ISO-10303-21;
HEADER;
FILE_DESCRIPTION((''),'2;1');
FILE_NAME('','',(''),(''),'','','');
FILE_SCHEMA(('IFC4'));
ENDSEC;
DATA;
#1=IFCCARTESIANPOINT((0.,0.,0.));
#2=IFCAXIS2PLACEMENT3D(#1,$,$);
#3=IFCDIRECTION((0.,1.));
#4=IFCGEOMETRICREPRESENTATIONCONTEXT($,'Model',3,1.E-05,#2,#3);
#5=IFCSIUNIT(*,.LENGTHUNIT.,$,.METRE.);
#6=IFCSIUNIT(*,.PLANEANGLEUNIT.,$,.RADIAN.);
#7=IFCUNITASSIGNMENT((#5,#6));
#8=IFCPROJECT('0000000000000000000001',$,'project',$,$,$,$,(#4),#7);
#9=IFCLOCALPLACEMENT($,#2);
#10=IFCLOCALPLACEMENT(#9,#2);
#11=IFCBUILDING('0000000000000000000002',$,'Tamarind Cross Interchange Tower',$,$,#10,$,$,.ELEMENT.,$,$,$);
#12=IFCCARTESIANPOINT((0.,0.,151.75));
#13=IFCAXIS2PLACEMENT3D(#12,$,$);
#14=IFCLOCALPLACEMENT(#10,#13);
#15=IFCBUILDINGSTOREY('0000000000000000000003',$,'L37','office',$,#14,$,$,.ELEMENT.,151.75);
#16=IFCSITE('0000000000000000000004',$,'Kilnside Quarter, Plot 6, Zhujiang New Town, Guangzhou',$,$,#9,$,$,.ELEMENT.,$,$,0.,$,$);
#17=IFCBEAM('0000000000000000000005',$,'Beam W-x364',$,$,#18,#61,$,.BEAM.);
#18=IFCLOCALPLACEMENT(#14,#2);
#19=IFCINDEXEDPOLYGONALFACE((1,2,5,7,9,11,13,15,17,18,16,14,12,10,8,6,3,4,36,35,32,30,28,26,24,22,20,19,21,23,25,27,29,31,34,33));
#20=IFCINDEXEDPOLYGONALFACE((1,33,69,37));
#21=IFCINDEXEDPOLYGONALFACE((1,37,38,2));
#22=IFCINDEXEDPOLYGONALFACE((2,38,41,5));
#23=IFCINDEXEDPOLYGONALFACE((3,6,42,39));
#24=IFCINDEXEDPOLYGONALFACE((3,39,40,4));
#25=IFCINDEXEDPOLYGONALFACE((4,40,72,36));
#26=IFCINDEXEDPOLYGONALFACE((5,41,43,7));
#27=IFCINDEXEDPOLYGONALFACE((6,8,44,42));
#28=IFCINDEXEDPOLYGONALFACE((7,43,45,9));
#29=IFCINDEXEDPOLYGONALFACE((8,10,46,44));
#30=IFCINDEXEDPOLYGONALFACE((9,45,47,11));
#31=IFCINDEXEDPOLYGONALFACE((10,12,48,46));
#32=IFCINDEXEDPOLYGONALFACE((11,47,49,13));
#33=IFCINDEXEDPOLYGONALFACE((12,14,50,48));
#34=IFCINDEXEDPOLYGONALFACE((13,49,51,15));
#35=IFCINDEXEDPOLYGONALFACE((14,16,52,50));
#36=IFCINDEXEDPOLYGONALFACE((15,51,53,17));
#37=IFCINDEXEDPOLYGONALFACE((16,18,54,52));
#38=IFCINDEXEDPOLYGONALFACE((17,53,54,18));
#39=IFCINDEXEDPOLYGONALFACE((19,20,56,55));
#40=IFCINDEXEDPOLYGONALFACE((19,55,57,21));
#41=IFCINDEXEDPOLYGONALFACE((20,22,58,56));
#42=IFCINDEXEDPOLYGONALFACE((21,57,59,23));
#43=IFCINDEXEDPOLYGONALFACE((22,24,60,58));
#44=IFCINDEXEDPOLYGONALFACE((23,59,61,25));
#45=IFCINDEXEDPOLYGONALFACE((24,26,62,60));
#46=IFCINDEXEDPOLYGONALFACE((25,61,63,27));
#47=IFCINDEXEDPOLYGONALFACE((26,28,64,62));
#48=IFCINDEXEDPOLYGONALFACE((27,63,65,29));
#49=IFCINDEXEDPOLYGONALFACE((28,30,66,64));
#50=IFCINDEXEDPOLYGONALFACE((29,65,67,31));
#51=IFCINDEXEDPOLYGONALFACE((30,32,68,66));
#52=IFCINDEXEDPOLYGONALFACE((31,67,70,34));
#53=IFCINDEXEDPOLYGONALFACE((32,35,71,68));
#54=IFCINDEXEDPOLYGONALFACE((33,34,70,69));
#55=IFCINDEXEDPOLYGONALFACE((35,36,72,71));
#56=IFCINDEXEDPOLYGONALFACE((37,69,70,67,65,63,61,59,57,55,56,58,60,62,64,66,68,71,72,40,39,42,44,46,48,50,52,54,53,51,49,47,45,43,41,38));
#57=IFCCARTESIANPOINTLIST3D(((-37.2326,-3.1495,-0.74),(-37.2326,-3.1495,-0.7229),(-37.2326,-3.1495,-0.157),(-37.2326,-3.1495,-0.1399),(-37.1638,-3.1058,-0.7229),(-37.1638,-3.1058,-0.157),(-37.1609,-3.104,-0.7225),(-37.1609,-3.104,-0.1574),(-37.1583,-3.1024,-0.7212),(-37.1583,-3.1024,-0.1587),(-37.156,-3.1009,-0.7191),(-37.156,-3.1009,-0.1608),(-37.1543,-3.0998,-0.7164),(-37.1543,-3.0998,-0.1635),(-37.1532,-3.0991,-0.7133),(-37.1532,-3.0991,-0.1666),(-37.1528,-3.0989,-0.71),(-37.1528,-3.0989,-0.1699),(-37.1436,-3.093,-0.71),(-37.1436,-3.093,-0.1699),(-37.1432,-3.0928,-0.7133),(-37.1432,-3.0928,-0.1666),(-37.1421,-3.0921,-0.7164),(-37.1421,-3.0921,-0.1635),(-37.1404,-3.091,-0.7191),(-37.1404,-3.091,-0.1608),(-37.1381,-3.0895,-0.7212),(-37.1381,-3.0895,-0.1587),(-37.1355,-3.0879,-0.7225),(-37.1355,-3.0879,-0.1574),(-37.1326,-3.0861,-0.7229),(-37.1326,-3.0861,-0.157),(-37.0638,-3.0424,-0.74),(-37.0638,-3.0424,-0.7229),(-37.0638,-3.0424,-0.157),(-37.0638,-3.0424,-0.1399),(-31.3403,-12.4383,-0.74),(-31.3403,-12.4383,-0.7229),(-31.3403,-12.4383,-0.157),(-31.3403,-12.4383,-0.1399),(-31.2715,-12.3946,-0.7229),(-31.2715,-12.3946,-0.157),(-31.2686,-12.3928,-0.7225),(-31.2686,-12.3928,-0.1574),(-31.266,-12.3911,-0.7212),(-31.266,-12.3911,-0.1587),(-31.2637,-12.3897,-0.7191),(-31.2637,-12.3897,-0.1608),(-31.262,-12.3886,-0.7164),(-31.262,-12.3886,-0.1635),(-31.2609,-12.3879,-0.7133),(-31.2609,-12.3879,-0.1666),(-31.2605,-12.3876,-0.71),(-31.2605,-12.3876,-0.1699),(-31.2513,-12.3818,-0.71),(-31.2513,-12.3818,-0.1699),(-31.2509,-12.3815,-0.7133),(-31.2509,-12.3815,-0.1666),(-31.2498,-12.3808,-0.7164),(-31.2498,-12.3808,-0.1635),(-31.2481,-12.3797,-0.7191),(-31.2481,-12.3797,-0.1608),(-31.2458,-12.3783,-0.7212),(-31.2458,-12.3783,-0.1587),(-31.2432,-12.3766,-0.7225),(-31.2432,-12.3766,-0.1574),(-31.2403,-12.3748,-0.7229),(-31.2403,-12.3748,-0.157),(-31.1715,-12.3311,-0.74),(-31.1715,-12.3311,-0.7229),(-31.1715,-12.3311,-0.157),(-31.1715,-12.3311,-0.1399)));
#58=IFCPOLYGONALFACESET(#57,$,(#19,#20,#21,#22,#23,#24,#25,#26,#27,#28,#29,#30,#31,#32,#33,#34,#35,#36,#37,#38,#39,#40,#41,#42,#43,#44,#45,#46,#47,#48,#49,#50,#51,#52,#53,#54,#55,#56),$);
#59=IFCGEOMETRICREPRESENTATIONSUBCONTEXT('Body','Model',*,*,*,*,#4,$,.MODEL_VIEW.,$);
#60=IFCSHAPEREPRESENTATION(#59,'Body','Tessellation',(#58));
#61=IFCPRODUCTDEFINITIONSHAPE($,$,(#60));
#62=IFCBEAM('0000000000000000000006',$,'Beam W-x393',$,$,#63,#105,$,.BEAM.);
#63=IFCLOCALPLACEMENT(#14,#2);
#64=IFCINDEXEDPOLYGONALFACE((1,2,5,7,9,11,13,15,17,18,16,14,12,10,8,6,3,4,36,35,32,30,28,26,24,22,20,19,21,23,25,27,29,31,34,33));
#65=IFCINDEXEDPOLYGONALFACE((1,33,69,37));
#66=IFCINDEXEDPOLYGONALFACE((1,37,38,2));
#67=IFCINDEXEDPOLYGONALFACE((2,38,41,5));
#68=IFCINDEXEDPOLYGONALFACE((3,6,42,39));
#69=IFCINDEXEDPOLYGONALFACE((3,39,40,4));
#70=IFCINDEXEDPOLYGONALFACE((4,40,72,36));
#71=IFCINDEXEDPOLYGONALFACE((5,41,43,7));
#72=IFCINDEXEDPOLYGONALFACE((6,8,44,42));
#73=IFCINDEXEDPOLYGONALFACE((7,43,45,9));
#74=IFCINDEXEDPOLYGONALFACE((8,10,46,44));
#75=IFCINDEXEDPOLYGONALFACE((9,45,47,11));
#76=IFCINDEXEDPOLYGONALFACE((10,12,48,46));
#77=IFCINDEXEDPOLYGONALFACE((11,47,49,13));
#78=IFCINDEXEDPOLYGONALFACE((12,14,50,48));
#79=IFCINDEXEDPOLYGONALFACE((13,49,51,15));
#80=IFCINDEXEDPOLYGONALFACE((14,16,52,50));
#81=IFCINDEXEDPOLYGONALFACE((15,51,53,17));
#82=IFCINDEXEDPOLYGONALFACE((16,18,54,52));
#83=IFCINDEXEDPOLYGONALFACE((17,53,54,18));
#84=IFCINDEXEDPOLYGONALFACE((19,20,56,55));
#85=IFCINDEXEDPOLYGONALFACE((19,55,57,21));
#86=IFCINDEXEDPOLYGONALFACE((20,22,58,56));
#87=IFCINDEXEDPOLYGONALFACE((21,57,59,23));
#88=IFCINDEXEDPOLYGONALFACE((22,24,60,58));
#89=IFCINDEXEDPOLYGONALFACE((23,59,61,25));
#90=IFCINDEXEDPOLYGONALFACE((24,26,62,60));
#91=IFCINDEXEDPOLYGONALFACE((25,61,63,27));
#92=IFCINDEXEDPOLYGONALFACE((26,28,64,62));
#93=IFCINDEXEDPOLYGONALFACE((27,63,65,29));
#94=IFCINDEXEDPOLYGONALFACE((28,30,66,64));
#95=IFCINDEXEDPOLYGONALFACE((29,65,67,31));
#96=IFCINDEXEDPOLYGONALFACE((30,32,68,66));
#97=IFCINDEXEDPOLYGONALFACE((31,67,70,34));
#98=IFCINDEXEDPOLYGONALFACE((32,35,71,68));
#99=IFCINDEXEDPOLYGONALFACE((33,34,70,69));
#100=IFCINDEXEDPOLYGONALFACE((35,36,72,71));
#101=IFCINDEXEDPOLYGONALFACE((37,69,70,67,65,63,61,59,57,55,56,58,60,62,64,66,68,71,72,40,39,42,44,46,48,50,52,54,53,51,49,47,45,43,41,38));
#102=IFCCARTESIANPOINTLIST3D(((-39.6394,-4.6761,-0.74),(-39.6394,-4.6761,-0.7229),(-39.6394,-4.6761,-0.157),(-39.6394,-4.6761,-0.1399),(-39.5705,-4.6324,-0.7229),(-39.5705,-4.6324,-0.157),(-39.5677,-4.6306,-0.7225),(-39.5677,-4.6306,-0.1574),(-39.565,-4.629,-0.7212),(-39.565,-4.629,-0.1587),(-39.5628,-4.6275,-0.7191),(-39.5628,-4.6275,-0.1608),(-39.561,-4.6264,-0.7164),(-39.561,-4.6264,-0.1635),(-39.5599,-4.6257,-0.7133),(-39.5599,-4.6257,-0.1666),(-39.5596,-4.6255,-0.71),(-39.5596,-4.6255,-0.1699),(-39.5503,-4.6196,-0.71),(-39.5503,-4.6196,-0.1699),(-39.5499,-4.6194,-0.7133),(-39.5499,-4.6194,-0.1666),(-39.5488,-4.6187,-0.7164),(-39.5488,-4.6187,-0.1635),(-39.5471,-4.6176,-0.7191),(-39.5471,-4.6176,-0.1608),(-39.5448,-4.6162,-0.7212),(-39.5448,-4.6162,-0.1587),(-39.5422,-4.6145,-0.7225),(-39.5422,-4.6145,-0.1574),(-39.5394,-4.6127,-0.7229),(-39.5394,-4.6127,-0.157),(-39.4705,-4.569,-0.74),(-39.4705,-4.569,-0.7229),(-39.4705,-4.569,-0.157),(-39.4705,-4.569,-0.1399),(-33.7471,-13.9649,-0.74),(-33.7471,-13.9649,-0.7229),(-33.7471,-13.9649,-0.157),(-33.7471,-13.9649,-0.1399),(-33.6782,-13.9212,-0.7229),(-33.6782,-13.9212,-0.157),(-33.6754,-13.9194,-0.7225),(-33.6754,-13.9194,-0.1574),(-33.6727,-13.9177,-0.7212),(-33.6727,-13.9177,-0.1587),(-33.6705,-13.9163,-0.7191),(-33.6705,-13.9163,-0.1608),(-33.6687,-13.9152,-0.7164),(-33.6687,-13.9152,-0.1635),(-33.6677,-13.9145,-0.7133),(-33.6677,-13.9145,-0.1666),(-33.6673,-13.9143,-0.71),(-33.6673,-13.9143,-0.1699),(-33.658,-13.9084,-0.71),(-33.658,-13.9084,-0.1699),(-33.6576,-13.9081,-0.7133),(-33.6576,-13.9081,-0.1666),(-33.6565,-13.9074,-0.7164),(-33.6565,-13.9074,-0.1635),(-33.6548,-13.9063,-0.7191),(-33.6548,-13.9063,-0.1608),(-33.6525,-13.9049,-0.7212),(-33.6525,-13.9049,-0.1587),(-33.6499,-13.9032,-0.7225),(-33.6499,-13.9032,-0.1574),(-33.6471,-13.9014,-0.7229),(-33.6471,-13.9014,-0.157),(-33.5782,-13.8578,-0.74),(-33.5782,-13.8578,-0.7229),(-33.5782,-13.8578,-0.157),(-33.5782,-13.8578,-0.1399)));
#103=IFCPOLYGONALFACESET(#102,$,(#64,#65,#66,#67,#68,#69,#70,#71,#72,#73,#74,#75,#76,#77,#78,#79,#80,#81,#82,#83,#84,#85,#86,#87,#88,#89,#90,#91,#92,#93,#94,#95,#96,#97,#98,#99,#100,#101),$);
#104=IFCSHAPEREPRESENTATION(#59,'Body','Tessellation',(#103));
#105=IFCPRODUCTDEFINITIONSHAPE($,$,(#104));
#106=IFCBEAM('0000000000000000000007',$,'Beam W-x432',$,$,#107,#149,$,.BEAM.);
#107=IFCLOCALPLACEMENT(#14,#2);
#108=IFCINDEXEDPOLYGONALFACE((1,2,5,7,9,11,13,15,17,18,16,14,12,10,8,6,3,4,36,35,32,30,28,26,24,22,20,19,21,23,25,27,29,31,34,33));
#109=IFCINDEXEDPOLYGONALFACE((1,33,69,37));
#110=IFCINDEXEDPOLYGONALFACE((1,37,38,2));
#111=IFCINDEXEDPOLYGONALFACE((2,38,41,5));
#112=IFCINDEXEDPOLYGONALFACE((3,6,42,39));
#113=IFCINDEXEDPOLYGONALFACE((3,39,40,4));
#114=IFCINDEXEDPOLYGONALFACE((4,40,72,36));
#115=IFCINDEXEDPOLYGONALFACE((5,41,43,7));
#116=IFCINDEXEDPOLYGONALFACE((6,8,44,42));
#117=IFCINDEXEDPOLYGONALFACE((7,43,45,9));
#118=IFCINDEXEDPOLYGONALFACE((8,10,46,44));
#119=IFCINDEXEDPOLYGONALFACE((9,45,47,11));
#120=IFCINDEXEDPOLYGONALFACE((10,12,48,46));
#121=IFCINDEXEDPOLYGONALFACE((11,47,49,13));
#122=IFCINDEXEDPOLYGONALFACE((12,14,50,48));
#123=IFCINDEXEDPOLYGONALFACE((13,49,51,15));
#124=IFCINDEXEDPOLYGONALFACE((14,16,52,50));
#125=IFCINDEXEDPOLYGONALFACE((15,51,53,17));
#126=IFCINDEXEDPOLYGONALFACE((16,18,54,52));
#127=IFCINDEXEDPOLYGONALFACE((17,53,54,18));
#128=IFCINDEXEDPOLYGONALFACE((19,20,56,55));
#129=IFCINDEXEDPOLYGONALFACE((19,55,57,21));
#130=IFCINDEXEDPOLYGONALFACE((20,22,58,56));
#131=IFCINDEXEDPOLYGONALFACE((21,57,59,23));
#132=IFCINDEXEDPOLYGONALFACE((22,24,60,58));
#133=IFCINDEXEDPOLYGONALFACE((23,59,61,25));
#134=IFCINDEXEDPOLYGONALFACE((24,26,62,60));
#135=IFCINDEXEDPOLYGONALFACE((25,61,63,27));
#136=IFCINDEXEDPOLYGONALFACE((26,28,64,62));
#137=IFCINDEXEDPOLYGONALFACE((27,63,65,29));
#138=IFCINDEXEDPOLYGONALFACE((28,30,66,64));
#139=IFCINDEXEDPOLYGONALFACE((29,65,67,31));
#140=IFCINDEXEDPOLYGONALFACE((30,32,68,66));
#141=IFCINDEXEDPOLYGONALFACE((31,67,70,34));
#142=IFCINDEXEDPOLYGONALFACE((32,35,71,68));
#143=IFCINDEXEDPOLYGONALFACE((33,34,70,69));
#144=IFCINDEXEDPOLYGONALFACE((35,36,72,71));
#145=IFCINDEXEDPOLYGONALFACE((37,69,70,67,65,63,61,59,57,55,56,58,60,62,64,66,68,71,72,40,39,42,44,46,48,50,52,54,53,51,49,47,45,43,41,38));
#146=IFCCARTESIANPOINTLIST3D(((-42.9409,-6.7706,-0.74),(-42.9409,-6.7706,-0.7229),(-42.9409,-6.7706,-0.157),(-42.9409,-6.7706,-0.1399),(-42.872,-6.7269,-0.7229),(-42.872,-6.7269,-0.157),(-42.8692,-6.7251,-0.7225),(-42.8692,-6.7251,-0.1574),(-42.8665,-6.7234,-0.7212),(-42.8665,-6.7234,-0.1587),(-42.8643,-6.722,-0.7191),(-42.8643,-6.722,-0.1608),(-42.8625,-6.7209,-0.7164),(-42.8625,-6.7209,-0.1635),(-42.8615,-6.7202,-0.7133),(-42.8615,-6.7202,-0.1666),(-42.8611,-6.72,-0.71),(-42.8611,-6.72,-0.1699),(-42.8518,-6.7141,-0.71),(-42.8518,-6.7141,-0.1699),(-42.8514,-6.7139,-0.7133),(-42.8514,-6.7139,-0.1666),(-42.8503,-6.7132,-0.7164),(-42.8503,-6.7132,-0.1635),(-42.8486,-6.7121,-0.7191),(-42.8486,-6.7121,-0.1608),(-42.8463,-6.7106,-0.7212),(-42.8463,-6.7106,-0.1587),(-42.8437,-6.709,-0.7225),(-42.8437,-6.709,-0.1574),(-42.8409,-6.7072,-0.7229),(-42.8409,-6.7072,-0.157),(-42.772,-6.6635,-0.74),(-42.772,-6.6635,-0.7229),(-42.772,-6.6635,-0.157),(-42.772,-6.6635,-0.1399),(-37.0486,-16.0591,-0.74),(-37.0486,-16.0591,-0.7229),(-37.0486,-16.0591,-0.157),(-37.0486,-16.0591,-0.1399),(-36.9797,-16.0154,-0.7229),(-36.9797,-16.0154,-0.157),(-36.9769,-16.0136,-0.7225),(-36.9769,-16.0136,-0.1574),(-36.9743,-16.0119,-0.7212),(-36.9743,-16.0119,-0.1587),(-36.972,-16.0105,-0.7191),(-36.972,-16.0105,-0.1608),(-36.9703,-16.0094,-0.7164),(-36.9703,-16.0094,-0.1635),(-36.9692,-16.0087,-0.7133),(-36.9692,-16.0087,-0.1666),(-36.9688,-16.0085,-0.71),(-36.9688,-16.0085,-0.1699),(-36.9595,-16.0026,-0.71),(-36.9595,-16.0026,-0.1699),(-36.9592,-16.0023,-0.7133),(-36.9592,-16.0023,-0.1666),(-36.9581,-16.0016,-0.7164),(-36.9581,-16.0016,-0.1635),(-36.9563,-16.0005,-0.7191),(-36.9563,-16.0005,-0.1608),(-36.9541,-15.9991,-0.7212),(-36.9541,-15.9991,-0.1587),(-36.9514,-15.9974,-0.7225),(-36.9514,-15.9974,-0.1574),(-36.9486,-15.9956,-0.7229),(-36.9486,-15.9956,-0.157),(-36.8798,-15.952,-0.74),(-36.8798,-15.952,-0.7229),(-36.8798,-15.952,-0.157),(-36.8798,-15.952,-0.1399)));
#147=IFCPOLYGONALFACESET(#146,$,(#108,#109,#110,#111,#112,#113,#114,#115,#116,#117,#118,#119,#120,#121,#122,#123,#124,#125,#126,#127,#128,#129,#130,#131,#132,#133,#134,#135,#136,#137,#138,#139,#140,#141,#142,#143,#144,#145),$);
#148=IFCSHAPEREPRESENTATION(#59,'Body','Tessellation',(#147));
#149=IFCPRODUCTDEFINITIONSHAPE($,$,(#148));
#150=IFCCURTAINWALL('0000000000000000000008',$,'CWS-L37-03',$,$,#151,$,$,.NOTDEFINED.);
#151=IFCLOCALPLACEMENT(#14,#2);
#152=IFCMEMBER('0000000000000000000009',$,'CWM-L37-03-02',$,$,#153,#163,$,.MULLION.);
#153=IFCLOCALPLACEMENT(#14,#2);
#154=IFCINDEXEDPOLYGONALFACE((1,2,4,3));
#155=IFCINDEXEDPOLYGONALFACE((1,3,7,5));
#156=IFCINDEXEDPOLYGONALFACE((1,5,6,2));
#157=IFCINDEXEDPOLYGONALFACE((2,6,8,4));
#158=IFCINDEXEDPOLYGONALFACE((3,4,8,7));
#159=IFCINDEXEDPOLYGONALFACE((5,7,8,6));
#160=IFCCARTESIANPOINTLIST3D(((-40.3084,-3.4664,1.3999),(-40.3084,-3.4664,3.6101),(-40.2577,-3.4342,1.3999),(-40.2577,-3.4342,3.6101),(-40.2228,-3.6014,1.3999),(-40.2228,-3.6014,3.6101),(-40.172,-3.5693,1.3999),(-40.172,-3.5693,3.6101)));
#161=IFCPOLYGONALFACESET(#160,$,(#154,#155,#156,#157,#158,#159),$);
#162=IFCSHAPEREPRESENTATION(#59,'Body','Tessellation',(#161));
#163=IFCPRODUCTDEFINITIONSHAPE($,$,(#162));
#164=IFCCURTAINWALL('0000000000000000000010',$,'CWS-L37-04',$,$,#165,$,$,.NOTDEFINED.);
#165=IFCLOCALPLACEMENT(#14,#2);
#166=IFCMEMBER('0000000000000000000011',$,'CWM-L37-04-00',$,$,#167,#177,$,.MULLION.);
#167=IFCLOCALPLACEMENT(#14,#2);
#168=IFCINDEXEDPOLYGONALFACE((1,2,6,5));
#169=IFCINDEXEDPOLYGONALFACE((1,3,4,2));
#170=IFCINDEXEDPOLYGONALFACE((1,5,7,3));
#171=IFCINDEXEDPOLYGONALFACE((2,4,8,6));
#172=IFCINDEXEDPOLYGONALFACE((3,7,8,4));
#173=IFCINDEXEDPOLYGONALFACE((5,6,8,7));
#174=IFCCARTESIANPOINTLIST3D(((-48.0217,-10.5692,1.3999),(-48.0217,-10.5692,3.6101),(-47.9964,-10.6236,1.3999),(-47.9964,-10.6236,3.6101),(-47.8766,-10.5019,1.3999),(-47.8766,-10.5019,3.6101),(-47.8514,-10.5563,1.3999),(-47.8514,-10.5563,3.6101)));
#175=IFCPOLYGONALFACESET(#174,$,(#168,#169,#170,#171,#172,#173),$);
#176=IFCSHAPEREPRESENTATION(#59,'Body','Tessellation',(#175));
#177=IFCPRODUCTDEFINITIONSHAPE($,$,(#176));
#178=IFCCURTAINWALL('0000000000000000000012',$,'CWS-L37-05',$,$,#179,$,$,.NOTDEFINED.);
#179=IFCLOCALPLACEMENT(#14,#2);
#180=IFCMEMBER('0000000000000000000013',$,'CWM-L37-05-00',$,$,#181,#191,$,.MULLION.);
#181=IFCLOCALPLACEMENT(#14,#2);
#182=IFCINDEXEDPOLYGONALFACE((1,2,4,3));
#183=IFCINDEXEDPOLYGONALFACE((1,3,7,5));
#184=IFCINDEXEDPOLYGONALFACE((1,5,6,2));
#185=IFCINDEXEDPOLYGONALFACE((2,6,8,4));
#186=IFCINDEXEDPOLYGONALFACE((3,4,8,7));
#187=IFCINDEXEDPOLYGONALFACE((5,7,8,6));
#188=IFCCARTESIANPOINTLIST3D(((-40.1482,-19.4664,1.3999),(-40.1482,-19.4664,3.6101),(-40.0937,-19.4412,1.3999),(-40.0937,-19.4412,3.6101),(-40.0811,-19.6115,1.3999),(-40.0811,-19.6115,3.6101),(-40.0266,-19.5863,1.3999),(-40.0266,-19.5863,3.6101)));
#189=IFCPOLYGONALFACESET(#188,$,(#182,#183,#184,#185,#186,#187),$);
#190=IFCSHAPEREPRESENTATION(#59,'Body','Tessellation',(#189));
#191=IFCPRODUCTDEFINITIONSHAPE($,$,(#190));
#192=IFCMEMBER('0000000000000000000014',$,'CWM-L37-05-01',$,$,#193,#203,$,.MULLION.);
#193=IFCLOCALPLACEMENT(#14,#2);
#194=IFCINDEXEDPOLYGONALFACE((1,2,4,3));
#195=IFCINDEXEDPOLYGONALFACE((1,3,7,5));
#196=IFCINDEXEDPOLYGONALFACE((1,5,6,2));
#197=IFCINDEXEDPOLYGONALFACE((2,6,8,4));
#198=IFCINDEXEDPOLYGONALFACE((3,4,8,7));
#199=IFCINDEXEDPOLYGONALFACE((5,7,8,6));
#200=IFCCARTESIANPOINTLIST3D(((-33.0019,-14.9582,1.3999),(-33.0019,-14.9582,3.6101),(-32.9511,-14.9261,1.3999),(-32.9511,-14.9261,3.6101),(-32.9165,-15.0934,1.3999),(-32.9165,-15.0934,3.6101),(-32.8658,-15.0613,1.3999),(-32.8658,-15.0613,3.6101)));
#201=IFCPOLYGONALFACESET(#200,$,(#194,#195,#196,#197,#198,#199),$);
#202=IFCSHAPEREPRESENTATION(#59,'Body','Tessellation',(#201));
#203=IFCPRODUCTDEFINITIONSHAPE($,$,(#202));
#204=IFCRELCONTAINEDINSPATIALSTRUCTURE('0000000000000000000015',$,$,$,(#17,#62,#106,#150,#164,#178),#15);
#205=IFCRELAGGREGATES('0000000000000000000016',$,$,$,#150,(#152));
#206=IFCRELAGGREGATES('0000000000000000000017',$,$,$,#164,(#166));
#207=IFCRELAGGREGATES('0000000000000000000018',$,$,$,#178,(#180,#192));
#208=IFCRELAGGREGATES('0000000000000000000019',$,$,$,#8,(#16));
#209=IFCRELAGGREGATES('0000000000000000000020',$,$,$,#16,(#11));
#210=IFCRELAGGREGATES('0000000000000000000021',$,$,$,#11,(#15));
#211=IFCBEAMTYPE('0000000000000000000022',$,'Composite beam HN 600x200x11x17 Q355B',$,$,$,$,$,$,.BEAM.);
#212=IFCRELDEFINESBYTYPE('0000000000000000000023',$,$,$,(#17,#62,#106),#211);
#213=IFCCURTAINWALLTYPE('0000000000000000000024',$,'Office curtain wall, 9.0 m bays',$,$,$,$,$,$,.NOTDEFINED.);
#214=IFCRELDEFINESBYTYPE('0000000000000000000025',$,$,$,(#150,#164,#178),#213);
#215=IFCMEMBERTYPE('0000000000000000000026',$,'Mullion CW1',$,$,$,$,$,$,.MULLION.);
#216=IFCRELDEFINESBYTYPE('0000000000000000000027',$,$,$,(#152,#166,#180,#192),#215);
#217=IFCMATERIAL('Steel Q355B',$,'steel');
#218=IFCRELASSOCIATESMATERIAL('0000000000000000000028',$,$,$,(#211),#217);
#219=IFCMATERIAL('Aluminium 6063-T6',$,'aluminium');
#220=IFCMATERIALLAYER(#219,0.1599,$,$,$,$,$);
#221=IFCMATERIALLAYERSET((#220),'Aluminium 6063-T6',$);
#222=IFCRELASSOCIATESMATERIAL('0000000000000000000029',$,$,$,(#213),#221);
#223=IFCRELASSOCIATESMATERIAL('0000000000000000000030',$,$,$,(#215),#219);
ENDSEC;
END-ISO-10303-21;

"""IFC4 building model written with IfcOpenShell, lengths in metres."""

from ifc_helpers import new_model, si_unit, direction, frame, origin, origin_2d, place, context, subcontext, project, spatial, rectangle, i_section, extrude, material, layer, layer_set, material_profile, profile_set, type_object, element, aggregate, save


model = new_model("IFC4")

# Units and contexts
model_context = context("Model", 3, precision=1e-05, world=origin(), true_north=direction((0.0, 1.0)))
body_context = subcontext(model_context, "Body", "Model", "MODEL_VIEW")
ifc_project = project(units=[si_unit("LENGTHUNIT", "METRE"), si_unit("PLANEANGLEUNIT", "RADIAN")], contexts=[model_context])

# Site, building, storey
site_placement = place(None, origin())
site = spatial("IfcSite", under=ifc_project, at=site_placement, Name="Kilnside Quarter, Plot 6, Zhujiang New Town, Guangzhou", CompositionType="ELEMENT", RefElevation=0.0)
building_placement = place(site_placement, origin())
building = spatial("IfcBuilding", under=site, at=building_placement, Name="Tamarind Cross Interchange Tower", CompositionType="ELEMENT")
storey_placement = place(building_placement, frame((0.0, 0.0, 151.75)))
storey = spatial("IfcBuildingStorey", under=building, at=storey_placement, Name="L37", Description="office", CompositionType="ELEMENT", Elevation=151.75)

# Beams
ifc_material_1 = material(Name="Steel Q355B", Category="steel")
ifc_material_profile_1 = material_profile(ifc_material_1, i_section(OverallWidth=0.2, OverallDepth=0.6001, WebThickness=0.011, FlangeThickness=0.0171, FilletRadius=0.0129, at=origin_2d()), Name="HN 600x200x11x17")
ifc_profile_set_1 = profile_set([ifc_material_profile_1], Name="Steel Q355B")
beam_type_1 = type_object("IfcBeamType", Name="Composite beam HN 600x200x11x17 Q355B", PredefinedType="BEAM", material=ifc_profile_set_1)
for number, where, z_axis, x_axis, name in (
    (1, (-37.1482, -3.0959, -0.4399), (0.535663, -0.844432, 0.0), (0.844432, 0.535663, 0.0), "Beam W-x364"),
    (2, (-39.5549, -4.6226, -0.4399), (0.535663, -0.844432, 0.0), (0.844432, 0.535663, 0.0), "Beam W-x393"),
):
    element("IfcBeam", number, at=place(storey_placement, frame(where, z_axis=z_axis, x_axis=x_axis)), inside=storey, type_object=beam_type_1, Name=name, PredefinedType="BEAM", context=body_context, shape_type="SweptSolid", body=[
        extrude(i_section(OverallWidth=0.2, OverallDepth=0.6001, WebThickness=0.011, FlangeThickness=0.0171, FilletRadius=0.0129, at=origin_2d()), origin(), (0.0, 0.0, 1.0), 11.0),
    ])
beam_1_placement = place(storey_placement, frame((-42.8564, -6.717, -0.4399), z_axis=(0.535673, -0.844426, 0.0), x_axis=(0.844426, 0.535673, 0.0)))
element("IfcBeam", 3, at=beam_1_placement, inside=storey, type_object=beam_type_1, Name="Beam W-x432", PredefinedType="BEAM", context=body_context, shape_type="SweptSolid", body=[
    extrude(i_section(OverallWidth=0.2, OverallDepth=0.6001, WebThickness=0.011, FlangeThickness=0.0171, FilletRadius=0.0129, at=origin_2d()), origin(), (0.0, 0.0, 1.0), 10.9998),
])

# Curtain walls, members
ifc_material_2 = material(Name="Aluminium 6063-T6", Category="aluminium")
ifc_layer_1 = layer(ifc_material_2, 0.1599)
ifc_layer_set_1 = layer_set([ifc_layer_1], Name="Aluminium 6063-T6")
curtain_wall_type = type_object("IfcCurtainWallType", Name="Office curtain wall, 9.0 m bays", PredefinedType="NOTDEFINED", material=ifc_layer_set_1)
curtain_wall_1_placement = place(storey_placement, origin())
curtain_wall_1 = element("IfcCurtainWall", 4, at=curtain_wall_1_placement, inside=storey, type_object=curtain_wall_type, Name="CWS-L37-03", PredefinedType="NOTDEFINED")
ifc_material_profile_2 = material_profile(ifc_material_2, rectangle(XDim=0.0601, YDim=0.1599, at=origin_2d()), Name="Mullion CW1")
ifc_profile_set_2 = profile_set([ifc_material_profile_2], Name="Aluminium 6063-T6")
member_type = type_object("IfcMemberType", Name="Mullion CW1", PredefinedType="MULLION", material=ifc_profile_set_2)
member_1_placement = place(storey_placement, frame((-40.2402, -3.5178, 1.3999), z_axis=(0.0, 0.0, 1.0), x_axis=(-0.844433, -0.535662, 0.0)))
member_1 = element("IfcMember", 5, at=member_1_placement, type_object=member_type, Name="CWM-L37-03-02", PredefinedType="MULLION", context=body_context, shape_type="SweptSolid", body=[
    extrude(rectangle(XDim=0.0601, YDim=0.1599, at=origin_2d()), origin(), (0.0, 0.0, 1.0), 2.2102),
])
aggregate(curtain_wall_1, [member_1])
curtain_wall_2_placement = place(storey_placement, origin())
curtain_wall_2 = element("IfcCurtainWall", 6, at=curtain_wall_2_placement, inside=storey, type_object=curtain_wall_type, Name="CWS-L37-04", PredefinedType="NOTDEFINED")
member_2_placement = place(storey_placement, frame((-47.9365, -10.5627, 1.3999), z_axis=(0.0, 0.0, 1.0), x_axis=(0.420858, -0.907126, 0.0)))
member_2 = element("IfcMember", 7, at=member_2_placement, type_object=member_type, Name="CWM-L37-04-00", PredefinedType="MULLION", context=body_context, shape_type="SweptSolid", body=[
    extrude(rectangle(XDim=0.0601, YDim=0.1599, at=origin_2d()), origin(), (0.0, 0.0, 1.0), 2.2102),
])
aggregate(curtain_wall_2, [member_2])

# Curtain wall, members
curtain_wall_3_placement = place(storey_placement, origin())
curtain_wall_3 = element("IfcCurtainWall", 8, at=curtain_wall_3_placement, inside=storey, type_object=curtain_wall_type, Name="CWS-L37-05", PredefinedType="NOTDEFINED")
member_3_placement = place(storey_placement, frame((-40.0874, -19.5264, 1.3999), z_axis=(0.0, 0.0, 1.0), x_axis=(0.907569, 0.419902, 0.0)))
member_3 = element("IfcMember", 9, at=member_3_placement, type_object=member_type, Name="CWM-L37-05-00", PredefinedType="MULLION", context=body_context, shape_type="SweptSolid", body=[
    extrude(rectangle(XDim=0.0601, YDim=0.1599, at=origin_2d()), origin(), (0.0, 0.0, 1.0), 2.2102),
])
member_4_placement = place(storey_placement, frame((-32.9338, -15.0098, 1.3999), z_axis=(0.0, 0.0, 1.0), x_axis=(0.84556, 0.533881, 0.0)))
member_4 = element("IfcMember", 10, at=member_4_placement, type_object=member_type, Name="CWM-L37-05-01", PredefinedType="MULLION", context=body_context, shape_type="SweptSolid", body=[
    extrude(rectangle(XDim=0.0601, YDim=0.1599, at=origin_2d()), origin(), (0.0, 0.0, 1.0), 2.2102),
])
aggregate(curtain_wall_3, [member_3, member_4])

save(model, "model.ifc")
